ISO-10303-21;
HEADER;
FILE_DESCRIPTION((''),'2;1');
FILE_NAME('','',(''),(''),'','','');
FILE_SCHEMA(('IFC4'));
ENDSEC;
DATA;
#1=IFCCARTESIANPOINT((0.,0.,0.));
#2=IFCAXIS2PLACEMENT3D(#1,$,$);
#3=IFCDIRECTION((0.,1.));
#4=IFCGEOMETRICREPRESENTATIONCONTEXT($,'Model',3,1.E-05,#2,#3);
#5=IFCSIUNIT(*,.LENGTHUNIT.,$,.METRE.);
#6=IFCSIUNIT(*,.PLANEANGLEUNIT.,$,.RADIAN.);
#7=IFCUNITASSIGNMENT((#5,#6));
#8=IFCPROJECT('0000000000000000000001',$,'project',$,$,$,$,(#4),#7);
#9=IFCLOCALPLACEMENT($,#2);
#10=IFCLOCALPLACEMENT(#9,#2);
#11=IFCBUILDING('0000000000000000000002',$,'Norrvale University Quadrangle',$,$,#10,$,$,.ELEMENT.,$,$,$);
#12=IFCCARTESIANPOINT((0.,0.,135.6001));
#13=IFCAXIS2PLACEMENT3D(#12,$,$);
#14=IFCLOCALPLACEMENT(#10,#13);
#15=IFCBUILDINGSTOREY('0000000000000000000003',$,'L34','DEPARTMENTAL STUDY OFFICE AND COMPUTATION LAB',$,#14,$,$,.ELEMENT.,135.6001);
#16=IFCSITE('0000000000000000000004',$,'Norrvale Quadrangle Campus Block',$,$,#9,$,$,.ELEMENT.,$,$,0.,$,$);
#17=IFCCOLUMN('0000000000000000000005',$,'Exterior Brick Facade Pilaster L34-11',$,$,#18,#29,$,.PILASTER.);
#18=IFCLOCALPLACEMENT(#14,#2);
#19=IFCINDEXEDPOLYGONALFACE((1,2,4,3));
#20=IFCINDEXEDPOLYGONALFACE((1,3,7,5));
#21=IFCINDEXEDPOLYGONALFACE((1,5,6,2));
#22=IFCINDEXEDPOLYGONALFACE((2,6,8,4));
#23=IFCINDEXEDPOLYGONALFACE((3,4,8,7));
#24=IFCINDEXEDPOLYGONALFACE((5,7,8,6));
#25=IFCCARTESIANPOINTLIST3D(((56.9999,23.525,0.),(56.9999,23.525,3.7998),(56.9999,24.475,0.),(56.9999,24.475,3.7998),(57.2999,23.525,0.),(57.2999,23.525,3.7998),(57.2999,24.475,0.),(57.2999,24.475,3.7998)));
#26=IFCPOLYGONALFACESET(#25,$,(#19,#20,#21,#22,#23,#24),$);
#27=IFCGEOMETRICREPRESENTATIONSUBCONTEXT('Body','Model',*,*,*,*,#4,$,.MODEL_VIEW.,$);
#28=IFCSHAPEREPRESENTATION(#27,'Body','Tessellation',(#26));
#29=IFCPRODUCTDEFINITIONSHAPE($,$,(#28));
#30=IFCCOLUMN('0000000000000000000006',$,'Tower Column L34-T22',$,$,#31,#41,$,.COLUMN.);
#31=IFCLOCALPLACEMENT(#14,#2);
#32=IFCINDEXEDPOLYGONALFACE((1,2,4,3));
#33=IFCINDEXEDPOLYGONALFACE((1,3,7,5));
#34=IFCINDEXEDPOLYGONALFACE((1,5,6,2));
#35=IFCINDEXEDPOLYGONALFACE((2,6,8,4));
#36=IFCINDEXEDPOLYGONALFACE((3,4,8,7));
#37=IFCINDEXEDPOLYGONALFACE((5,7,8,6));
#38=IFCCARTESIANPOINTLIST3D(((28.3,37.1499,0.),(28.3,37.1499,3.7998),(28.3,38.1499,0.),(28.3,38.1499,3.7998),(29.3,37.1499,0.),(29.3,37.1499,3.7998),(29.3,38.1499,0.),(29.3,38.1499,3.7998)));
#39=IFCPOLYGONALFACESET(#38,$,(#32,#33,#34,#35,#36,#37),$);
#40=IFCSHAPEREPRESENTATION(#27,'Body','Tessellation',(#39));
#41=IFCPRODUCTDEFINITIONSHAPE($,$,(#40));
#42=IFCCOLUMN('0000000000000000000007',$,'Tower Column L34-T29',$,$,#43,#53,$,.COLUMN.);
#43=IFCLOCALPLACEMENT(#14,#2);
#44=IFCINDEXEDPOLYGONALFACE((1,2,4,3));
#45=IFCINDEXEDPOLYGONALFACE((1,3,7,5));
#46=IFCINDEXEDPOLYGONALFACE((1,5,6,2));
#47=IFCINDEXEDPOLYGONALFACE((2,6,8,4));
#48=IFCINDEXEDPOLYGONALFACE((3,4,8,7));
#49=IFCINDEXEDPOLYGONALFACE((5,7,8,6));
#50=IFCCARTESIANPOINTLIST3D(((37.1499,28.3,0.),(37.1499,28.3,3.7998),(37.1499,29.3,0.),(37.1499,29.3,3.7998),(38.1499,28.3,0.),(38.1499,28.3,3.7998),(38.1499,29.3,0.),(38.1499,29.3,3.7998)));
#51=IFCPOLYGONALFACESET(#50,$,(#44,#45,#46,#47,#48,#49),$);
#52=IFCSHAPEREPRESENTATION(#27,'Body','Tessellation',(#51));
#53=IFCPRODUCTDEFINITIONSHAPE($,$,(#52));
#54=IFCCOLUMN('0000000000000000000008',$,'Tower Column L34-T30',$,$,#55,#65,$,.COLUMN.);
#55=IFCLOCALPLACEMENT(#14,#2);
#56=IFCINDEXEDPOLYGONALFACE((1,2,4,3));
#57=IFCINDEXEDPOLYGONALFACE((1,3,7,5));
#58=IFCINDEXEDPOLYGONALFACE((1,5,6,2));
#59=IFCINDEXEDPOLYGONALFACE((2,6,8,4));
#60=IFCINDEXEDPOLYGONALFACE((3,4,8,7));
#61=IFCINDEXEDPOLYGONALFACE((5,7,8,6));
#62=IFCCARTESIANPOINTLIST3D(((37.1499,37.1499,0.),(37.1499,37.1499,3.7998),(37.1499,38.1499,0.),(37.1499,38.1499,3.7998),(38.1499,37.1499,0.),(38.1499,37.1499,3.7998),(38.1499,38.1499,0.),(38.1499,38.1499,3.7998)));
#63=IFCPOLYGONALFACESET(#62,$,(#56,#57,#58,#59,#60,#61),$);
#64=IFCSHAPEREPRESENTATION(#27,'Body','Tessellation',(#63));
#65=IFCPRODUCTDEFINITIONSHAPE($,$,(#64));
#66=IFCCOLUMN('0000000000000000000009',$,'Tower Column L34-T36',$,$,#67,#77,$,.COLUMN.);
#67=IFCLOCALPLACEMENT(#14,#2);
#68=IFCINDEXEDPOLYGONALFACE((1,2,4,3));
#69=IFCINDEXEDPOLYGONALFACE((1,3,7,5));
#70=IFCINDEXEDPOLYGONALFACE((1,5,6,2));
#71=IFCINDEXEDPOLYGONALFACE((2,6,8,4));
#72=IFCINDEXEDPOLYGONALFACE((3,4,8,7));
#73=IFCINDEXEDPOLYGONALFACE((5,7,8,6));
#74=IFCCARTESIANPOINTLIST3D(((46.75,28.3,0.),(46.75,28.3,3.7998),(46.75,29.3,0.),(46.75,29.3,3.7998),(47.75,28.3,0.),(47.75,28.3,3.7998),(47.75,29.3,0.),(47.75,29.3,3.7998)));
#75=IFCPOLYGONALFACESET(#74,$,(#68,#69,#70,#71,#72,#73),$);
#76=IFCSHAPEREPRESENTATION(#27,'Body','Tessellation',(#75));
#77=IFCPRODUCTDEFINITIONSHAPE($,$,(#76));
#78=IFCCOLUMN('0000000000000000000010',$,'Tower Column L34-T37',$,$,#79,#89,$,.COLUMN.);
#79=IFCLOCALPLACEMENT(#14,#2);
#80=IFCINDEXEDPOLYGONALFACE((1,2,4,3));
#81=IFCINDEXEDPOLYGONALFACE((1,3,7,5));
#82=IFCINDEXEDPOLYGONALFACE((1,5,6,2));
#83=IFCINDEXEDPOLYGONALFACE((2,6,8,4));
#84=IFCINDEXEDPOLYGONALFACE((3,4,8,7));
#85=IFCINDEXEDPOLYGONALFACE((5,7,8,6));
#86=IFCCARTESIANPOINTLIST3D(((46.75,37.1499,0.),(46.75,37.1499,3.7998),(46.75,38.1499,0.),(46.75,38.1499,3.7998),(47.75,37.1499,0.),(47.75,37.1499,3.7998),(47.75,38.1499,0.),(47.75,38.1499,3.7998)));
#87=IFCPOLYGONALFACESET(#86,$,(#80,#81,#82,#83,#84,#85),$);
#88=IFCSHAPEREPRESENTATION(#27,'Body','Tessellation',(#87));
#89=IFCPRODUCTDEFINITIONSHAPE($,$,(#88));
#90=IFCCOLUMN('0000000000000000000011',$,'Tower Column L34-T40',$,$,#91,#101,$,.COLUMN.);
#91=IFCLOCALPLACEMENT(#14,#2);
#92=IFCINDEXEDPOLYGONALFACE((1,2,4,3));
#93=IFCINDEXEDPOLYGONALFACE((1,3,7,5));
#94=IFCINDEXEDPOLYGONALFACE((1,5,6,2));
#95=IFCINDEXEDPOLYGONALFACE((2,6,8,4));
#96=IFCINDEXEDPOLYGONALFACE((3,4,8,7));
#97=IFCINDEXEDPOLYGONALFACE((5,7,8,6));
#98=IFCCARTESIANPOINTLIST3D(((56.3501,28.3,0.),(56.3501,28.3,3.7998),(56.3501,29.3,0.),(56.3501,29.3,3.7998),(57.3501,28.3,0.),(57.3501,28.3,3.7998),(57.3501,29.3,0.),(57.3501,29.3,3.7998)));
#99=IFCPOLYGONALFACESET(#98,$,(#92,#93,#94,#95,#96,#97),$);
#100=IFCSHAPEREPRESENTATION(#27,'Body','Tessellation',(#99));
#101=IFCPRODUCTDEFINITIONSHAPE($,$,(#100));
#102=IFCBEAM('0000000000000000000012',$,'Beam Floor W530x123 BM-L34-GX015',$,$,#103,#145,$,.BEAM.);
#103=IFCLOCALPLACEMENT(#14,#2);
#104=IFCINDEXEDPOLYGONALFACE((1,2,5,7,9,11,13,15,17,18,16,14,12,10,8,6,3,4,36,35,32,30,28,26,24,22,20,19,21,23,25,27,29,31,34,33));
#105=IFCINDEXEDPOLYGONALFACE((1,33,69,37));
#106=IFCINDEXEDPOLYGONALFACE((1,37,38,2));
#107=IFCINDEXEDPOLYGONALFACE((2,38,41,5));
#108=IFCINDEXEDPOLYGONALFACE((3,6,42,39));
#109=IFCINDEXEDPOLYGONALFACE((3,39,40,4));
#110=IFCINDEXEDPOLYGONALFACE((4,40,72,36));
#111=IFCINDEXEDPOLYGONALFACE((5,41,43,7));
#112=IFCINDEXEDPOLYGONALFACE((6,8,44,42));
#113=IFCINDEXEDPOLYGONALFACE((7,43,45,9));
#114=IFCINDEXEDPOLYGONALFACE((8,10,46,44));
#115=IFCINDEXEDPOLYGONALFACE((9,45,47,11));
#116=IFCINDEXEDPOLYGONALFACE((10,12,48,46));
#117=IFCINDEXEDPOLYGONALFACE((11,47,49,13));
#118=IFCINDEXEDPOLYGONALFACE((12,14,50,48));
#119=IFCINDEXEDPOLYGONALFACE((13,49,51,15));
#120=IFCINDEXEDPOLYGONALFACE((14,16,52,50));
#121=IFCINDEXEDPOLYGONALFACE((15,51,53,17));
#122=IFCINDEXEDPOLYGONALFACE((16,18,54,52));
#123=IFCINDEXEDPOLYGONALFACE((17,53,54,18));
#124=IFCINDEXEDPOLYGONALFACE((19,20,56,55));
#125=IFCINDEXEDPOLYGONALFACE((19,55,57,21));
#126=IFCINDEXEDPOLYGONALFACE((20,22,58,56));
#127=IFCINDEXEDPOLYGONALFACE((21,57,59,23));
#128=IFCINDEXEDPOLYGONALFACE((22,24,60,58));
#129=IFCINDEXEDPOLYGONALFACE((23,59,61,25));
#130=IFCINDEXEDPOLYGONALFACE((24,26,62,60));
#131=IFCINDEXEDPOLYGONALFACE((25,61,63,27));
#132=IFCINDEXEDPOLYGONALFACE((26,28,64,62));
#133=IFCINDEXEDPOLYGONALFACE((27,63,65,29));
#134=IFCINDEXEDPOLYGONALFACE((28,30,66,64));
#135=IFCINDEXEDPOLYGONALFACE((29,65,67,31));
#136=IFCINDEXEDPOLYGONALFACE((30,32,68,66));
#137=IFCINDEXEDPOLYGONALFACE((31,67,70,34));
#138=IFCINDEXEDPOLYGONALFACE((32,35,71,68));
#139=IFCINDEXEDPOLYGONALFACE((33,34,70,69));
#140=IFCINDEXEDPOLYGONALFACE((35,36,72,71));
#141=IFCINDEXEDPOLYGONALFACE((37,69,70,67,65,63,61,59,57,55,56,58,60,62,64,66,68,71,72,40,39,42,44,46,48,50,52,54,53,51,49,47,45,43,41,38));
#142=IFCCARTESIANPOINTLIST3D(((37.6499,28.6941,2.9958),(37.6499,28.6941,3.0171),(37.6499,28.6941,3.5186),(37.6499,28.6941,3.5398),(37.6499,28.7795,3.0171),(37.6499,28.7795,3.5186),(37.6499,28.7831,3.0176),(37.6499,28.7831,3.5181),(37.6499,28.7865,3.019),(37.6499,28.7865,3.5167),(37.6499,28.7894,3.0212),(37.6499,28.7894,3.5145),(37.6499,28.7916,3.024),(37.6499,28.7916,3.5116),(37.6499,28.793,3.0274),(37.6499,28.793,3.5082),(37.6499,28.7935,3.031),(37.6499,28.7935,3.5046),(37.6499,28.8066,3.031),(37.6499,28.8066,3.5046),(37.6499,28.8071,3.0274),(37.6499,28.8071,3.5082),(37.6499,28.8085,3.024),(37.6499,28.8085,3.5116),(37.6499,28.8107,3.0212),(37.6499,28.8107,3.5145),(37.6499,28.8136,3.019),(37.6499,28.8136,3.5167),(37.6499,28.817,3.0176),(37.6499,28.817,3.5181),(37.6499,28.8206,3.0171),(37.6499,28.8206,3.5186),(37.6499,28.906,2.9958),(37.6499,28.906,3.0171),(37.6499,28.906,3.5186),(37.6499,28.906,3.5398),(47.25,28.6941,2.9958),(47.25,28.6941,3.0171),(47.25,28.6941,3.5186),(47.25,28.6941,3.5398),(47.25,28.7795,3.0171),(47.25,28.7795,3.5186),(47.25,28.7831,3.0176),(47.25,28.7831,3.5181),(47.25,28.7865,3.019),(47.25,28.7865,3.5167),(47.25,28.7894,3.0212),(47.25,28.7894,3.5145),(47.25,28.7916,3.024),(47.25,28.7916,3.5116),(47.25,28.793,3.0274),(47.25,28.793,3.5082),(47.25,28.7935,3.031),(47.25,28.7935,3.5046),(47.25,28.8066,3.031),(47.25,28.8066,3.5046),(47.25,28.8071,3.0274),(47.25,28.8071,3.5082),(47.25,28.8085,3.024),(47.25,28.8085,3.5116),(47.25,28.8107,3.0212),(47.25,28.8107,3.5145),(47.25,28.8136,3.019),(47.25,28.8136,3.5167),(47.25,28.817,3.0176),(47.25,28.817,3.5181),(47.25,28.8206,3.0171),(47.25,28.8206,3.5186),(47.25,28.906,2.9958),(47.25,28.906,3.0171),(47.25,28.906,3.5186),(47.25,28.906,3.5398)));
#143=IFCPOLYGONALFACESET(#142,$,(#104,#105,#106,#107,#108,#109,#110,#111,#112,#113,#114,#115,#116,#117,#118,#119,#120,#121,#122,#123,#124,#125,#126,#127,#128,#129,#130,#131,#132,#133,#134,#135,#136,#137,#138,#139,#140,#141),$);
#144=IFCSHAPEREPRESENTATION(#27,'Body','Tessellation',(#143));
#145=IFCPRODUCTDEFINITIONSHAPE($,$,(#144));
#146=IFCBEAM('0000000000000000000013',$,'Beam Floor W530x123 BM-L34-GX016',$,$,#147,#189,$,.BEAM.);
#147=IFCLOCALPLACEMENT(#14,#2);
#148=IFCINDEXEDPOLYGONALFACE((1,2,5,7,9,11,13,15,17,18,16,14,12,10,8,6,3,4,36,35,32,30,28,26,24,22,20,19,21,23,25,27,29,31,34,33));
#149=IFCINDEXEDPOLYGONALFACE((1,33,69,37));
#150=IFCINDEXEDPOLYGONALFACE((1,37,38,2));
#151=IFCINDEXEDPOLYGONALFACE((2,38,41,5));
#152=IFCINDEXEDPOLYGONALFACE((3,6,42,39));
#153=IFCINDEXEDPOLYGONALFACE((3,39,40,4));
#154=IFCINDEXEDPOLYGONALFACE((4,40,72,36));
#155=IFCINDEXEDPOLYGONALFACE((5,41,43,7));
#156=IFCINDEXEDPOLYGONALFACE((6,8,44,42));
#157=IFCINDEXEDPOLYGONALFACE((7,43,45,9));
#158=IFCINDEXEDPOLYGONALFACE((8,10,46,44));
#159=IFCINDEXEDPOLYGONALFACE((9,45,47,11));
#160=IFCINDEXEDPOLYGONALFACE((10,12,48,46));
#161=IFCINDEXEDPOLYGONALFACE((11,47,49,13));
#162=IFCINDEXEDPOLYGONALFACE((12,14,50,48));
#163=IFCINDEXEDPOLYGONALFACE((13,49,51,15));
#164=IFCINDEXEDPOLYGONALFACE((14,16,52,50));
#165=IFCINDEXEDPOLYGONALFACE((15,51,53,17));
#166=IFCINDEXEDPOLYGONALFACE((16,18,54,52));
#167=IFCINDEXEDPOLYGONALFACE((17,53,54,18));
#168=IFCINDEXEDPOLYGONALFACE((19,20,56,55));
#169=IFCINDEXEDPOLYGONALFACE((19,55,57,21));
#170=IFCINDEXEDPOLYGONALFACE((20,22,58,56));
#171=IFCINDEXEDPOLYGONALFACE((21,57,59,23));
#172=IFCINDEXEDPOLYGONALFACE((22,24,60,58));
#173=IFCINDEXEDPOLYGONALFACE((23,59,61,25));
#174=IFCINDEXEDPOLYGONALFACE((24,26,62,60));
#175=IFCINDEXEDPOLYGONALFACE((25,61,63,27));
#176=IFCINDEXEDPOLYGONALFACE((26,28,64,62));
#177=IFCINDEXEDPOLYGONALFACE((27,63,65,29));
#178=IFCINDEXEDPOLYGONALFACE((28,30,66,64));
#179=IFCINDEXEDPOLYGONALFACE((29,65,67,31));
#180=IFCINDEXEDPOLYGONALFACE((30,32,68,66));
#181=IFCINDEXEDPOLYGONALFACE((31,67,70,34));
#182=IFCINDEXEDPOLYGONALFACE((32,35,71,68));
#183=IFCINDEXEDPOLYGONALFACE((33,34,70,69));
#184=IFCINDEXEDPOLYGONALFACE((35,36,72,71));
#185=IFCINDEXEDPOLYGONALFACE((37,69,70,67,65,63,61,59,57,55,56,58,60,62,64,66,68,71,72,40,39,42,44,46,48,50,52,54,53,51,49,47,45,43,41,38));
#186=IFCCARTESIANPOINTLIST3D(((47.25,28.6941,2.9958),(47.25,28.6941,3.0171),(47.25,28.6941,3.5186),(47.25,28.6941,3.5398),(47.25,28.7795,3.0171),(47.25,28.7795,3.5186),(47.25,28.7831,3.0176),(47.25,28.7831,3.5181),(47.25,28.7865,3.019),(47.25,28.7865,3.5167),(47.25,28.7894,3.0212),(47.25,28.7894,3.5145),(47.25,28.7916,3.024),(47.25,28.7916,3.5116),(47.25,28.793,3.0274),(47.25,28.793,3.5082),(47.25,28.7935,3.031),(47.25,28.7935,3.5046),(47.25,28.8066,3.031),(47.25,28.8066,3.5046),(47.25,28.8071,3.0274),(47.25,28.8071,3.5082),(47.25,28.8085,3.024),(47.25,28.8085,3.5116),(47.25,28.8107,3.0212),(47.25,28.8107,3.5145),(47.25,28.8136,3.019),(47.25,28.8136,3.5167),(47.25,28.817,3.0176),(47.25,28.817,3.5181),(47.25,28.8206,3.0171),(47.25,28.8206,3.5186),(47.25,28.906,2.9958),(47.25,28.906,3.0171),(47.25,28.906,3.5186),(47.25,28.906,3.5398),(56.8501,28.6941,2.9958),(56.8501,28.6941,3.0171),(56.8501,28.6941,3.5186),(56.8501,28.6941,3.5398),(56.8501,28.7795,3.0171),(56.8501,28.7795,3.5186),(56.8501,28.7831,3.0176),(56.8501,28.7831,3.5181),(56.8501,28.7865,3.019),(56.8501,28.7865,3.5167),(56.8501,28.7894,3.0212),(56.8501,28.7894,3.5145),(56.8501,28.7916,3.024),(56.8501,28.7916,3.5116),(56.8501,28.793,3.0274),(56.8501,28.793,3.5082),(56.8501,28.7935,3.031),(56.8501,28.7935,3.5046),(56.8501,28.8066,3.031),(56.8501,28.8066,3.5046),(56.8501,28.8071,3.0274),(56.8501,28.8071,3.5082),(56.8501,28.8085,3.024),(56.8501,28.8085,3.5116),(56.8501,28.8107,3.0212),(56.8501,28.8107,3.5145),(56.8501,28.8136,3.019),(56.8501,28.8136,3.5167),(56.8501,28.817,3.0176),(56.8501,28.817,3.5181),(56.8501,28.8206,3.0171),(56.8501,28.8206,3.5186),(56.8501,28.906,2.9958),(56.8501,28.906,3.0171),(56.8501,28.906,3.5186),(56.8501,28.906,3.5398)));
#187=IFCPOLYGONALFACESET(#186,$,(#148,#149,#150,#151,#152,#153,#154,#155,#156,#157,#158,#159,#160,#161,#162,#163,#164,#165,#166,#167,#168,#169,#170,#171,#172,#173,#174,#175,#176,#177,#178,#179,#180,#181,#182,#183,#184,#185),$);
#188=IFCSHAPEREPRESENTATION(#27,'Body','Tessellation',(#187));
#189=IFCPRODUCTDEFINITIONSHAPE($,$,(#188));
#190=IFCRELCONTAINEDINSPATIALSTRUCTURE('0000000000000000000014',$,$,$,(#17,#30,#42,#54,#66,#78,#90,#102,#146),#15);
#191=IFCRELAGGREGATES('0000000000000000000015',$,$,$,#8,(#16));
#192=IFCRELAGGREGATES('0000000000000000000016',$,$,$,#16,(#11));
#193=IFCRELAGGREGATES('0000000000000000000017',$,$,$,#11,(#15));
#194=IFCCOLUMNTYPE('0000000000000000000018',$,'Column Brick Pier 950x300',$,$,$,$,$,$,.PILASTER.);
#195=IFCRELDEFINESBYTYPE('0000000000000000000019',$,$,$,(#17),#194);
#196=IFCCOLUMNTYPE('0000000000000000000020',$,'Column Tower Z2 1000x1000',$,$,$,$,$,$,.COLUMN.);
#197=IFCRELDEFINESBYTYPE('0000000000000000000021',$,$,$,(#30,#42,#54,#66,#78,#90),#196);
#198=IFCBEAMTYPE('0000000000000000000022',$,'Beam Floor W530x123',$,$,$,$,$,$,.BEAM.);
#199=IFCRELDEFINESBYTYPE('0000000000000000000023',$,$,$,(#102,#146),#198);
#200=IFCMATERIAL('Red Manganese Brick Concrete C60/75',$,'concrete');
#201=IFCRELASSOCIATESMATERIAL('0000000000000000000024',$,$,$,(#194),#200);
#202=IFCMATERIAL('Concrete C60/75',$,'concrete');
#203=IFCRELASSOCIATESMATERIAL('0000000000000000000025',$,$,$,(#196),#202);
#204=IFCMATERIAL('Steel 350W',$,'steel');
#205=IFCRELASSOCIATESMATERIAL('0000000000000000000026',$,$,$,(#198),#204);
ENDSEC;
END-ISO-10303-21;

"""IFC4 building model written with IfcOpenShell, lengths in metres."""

from ifc_helpers import new_model, si_unit, direction, frame, origin, origin_2d, place, context, subcontext, project, spatial, rectangle, i_section, extrude, material, material_profile, profile_set, type_object, element, save


model = new_model("IFC4")

# Units and contexts
model_context = context("Model", 3, precision=1e-05, world=origin(), true_north=direction((0.0, 1.0)))
body_context = subcontext(model_context, "Body", "Model", "MODEL_VIEW")
ifc_project = project(units=[si_unit("LENGTHUNIT", "METRE"), si_unit("PLANEANGLEUNIT", "RADIAN")], contexts=[model_context])

# Site, building, storey
site_placement = place(None, origin())
site = spatial("IfcSite", under=ifc_project, at=site_placement, Name="Norrvale Quadrangle Campus Block", CompositionType="ELEMENT", RefElevation=0.0)
building_placement = place(site_placement, origin())
building = spatial("IfcBuilding", under=site, at=building_placement, Name="Norrvale University Quadrangle", CompositionType="ELEMENT")
storey_placement = place(building_placement, frame((0.0, 0.0, 135.6001)))
storey = spatial("IfcBuildingStorey", under=building, at=storey_placement, Name="L34", Description="DEPARTMENTAL STUDY OFFICE AND COMPUTATION LAB", CompositionType="ELEMENT", Elevation=135.6001)

# Columns
ifc_material_1 = material(Name="Red Manganese Brick Concrete C60/75", Category="concrete")
ifc_material_profile_1 = material_profile(ifc_material_1, rectangle(XDim=0.95, YDim=0.3, at=origin_2d()), Name="Red Manganese Brick Concrete C60/75")
ifc_profile_set_1 = profile_set([ifc_material_profile_1], Name="Red Manganese Brick Concrete C60/75")
column_type_1 = type_object("IfcColumnType", Name="Column Brick Pier 950x300", PredefinedType="PILASTER", material=ifc_profile_set_1)
column_placement = place(storey_placement, frame((57.1499, 24.0, 0.0), z_axis=(0.0, 0.0, 1.0), x_axis=(0.0, 1.0, 0.0)))
element("IfcColumn", 1, at=column_placement, inside=storey, type_object=column_type_1, Name="Exterior Brick Facade Pilaster L34-11", PredefinedType="PILASTER", context=body_context, shape_type="SweptSolid", body=[
    extrude(rectangle(XDim=0.95, YDim=0.3, at=origin_2d()), origin(), (0.0, 0.0, 1.0), 3.7998),
])
ifc_material_2 = material(Name="Concrete C60/75", Category="concrete")
ifc_material_profile_2 = material_profile(ifc_material_2, rectangle(XDim=1.0, YDim=1.0, at=origin_2d()), Name="Concrete C60/75")
ifc_profile_set_2 = profile_set([ifc_material_profile_2], Name="Concrete C60/75")
column_type_2 = type_object("IfcColumnType", Name="Column Tower Z2 1000x1000", PredefinedType="COLUMN", material=ifc_profile_set_2)
for number, where, z_axis, x_axis, name in (
    (2, (28.8, 37.6499, 0.0), (0.0, 0.0, 1.0), (1.0, 0.0, 0.0), "Tower Column L34-T22"),
    (3, (37.6499, 28.8, 0.0), (0.0, 0.0, 1.0), (1.0, 0.0, 0.0), "Tower Column L34-T29"),
    (4, (37.6499, 37.6499, 0.0), (0.0, 0.0, 1.0), (1.0, 0.0, 0.0), "Tower Column L34-T30"),
    (5, (47.25, 28.8, 0.0), (0.0, 0.0, 1.0), (1.0, 0.0, 0.0), "Tower Column L34-T36"),
    (6, (47.25, 37.6499, 0.0), (0.0, 0.0, 1.0), (1.0, 0.0, 0.0), "Tower Column L34-T37"),
    (7, (56.8501, 28.8, 0.0), (0.0, 0.0, 1.0), (1.0, 0.0, 0.0), "Tower Column L34-T40"),
):
    element("IfcColumn", number, at=place(storey_placement, frame(where, z_axis=z_axis, x_axis=x_axis)), inside=storey, type_object=column_type_2, Name=name, PredefinedType="COLUMN", context=body_context, shape_type="SweptSolid", body=[
        extrude(rectangle(XDim=1.0, YDim=1.0, at=origin_2d()), origin(), (0.0, 0.0, 1.0), 3.7998),
    ])

# Beams
ifc_material_3 = material(Name="Steel 350W", Category="steel")
ifc_material_profile_3 = material_profile(ifc_material_3, i_section(OverallWidth=0.2119, OverallDepth=0.5439, WebThickness=0.0132, FlangeThickness=0.0212, FilletRadius=0.0139, at=origin_2d()), Name="Steel 350W")
ifc_profile_set_3 = profile_set([ifc_material_profile_3], Name="Steel 350W")
beam_type_1 = type_object("IfcBeamType", Name="Beam Floor W530x123", PredefinedType="BEAM", material=ifc_profile_set_3)
for number, where, z_axis, x_axis, name in (
    (8, (37.6499, 28.8, 3.2678), (1.0, 0.0, 0.0), (0.0, 1.0, 0.0), "Beam Floor W530x123 BM-L34-GX015"),
    (9, (47.25, 28.8, 3.2678), (1.0, 0.0, 0.0), (0.0, 1.0, 0.0), "Beam Floor W530x123 BM-L34-GX016"),
):
    element("IfcBeam", number, at=place(storey_placement, frame(where, z_axis=z_axis, x_axis=x_axis)), inside=storey, type_object=beam_type_1, Name=name, PredefinedType="BEAM", context=body_context, shape_type="SweptSolid", body=[
        extrude(i_section(OverallWidth=0.2119, OverallDepth=0.5439, WebThickness=0.0132, FlangeThickness=0.0212, FilletRadius=0.0139, at=origin_2d()), origin(), (0.0, 0.0, 1.0), 9.6001),
    ])

save(model, "model.ifc")
